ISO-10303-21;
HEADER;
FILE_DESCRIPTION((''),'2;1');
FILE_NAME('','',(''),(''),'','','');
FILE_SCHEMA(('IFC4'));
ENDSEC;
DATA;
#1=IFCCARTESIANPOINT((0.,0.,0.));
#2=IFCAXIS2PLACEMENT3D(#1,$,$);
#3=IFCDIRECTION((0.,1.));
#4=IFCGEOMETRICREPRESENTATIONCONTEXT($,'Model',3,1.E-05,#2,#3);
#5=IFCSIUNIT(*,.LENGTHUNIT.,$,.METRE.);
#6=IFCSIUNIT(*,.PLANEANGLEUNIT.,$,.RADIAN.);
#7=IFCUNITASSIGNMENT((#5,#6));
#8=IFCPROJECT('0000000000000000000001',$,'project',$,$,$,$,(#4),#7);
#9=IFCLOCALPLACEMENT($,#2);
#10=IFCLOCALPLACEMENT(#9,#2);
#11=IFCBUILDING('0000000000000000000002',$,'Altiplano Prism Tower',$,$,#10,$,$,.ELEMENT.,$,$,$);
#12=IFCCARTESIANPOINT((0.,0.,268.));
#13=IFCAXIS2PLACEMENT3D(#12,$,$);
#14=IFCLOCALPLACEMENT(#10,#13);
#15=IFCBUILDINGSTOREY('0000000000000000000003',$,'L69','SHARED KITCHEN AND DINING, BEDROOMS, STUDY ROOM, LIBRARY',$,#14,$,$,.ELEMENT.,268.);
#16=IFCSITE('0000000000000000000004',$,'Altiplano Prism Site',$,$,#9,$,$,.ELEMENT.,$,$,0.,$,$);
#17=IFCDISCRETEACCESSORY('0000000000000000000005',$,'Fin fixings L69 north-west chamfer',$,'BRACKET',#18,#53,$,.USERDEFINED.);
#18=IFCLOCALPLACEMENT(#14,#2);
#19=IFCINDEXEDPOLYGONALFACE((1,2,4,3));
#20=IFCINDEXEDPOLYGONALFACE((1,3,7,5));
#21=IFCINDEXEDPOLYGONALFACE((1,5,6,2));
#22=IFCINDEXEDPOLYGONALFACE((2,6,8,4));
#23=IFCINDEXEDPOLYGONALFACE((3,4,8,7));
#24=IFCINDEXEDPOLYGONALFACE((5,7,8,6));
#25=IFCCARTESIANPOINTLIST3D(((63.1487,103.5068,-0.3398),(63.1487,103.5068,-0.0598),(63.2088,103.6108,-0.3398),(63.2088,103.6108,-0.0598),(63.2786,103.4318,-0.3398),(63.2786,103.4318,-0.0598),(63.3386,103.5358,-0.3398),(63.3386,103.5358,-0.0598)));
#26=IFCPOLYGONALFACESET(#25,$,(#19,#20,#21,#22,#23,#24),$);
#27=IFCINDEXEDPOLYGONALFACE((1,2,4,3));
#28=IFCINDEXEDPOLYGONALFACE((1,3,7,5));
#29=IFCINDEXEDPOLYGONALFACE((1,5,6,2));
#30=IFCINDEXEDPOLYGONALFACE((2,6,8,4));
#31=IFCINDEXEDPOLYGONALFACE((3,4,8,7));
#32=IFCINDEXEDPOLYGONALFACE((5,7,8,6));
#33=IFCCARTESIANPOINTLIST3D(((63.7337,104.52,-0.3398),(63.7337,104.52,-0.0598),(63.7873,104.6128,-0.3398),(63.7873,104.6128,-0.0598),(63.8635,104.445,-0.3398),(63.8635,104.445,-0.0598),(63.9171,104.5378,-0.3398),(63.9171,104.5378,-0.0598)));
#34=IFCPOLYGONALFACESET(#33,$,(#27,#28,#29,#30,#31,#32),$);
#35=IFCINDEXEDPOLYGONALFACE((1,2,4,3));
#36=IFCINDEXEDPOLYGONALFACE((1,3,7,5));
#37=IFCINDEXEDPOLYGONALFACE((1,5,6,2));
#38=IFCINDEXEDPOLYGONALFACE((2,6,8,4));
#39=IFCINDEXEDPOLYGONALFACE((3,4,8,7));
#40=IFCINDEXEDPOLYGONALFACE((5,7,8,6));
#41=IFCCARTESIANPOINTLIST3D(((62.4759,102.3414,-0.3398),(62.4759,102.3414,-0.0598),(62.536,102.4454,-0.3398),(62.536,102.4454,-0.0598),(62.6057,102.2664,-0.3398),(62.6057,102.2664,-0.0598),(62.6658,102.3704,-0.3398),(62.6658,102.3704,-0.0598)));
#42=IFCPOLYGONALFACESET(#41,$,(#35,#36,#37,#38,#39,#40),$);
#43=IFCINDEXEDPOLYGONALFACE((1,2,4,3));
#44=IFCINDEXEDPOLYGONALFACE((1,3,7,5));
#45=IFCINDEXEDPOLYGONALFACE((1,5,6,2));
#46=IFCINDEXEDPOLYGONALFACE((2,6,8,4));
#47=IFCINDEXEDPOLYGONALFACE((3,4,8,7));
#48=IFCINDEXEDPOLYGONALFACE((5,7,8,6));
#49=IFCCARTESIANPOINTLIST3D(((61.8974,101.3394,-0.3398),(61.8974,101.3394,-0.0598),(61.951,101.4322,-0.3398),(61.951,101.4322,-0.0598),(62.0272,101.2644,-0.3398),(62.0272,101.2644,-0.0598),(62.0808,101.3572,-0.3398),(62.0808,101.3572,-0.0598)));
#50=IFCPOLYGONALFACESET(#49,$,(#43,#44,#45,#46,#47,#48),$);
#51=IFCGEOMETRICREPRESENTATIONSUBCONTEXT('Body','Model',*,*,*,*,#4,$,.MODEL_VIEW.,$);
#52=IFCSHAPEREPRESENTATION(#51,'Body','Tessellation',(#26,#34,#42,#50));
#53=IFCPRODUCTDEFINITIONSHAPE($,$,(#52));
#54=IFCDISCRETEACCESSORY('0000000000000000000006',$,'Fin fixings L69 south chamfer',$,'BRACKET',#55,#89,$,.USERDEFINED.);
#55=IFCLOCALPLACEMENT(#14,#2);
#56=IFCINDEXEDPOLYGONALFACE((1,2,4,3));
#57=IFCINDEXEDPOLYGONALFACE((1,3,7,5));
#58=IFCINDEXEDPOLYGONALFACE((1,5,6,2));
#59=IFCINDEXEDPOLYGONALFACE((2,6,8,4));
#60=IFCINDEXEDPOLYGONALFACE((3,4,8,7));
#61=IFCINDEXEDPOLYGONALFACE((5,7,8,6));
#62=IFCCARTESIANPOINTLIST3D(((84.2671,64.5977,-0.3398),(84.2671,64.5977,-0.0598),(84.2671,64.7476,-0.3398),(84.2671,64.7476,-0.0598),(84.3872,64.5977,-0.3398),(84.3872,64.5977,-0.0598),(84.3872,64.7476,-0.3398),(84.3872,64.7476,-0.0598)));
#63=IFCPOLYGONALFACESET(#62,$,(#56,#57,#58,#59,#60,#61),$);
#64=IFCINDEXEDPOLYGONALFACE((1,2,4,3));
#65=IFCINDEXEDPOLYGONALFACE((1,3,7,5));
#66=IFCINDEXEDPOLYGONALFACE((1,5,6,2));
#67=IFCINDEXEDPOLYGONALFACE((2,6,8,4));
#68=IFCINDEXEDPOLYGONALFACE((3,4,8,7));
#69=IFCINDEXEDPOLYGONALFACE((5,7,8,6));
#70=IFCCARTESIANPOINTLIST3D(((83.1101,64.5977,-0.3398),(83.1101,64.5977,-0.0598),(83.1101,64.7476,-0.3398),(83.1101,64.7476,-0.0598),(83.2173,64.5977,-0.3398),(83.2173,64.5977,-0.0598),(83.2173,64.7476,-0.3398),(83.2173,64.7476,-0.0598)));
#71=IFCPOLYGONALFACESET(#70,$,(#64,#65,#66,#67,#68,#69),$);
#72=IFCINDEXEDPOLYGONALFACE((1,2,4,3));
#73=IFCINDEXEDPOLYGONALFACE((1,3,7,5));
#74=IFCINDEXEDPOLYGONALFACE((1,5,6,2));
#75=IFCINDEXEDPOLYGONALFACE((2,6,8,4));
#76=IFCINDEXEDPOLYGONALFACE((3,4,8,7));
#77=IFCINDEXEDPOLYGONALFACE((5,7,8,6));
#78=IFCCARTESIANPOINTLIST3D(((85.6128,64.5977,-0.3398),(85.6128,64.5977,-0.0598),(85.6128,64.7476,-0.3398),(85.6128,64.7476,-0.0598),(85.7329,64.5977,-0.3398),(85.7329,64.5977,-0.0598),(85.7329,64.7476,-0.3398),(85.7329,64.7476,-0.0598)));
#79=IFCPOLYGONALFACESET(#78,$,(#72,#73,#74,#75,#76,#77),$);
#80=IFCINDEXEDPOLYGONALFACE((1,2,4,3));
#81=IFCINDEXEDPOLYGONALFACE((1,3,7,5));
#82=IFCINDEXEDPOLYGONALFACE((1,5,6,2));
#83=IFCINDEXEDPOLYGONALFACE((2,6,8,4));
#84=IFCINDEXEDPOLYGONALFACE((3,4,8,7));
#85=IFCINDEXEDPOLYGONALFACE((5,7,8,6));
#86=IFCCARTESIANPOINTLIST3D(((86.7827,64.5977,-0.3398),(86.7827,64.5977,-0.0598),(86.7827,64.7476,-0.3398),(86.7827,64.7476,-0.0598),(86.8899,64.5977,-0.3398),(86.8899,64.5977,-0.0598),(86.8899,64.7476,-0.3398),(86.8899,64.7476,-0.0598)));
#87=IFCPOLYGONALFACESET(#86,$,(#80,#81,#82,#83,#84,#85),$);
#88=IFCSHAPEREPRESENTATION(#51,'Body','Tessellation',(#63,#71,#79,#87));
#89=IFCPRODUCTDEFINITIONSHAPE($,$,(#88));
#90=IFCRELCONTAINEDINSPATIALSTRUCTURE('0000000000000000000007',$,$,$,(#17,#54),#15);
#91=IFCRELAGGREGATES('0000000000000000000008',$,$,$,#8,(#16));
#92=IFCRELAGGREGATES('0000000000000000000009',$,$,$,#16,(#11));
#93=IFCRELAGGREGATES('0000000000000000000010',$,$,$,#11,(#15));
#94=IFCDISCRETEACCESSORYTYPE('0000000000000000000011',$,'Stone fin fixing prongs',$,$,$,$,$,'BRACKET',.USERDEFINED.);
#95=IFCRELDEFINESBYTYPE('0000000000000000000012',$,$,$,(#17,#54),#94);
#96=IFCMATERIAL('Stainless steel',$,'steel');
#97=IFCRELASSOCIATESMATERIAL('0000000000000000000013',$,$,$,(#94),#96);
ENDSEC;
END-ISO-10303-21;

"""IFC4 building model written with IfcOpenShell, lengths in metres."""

from ifc_helpers import new_model, si_unit, direction, frame, origin, place, context, subcontext, project, spatial, polyline, outline, extrude, source, transform, mapped, material, type_object, element, save


model = new_model("IFC4")

# Units and contexts
model_context = context("Model", 3, precision=1e-05, world=origin(), true_north=direction((0.0, 1.0)))
body_context = subcontext(model_context, "Body", "Model", "MODEL_VIEW")
ifc_project = project(units=[si_unit("LENGTHUNIT", "METRE"), si_unit("PLANEANGLEUNIT", "RADIAN")], contexts=[model_context])

# Site, building, storey
site_placement = place(None, origin())
site = spatial("IfcSite", under=ifc_project, at=site_placement, Name="Altiplano Prism Site", CompositionType="ELEMENT", RefElevation=0.0)
building_placement = place(site_placement, origin())
building = spatial("IfcBuilding", under=site, at=building_placement, Name="Altiplano Prism Tower", CompositionType="ELEMENT")
storey_placement = place(building_placement, frame((0.0, 0.0, 268.0)))
storey = spatial("IfcBuildingStorey", under=building, at=storey_placement, Name="L69", Description="SHARED KITCHEN AND DINING, BEDROOMS, STUDY ROOM, LIBRARY", CompositionType="ELEMENT", Elevation=268.0)

# Discrete accessories
ifc_material_1 = material(Name="Stainless steel", Category="steel")
discrete_accessory_type = type_object("IfcDiscreteAccessoryType", Name="Stone fin fixing prongs", ElementType="BRACKET", PredefinedType="USERDEFINED", material=ifc_material_1)
shared_shape_1 = source(origin(), body_context, "Body", "SweptSolid", [
    extrude(outline(polyline([(-0.7329, 0.0601), (-0.6128, 0.0601), (-0.6128, 0.3401), (-0.7329, 0.3401), (-0.7329, 0.0601)])), frame((0.0, 0.0, 0.0), z_axis=(0.0, -1.0, 0.0), x_axis=(1.0, 0.0, 0.0)), (0.0, 0.0, 1.0), 0.1499),
    extrude(outline(polyline([(-1.8899, 0.0601), (-1.7827, 0.0601), (-1.7827, 0.3401), (-1.8899, 0.3401), (-1.8899, 0.0601)])), frame((0.0, 0.0, 0.0), z_axis=(0.0, -1.0, 0.0), x_axis=(1.0, 0.0, 0.0)), (0.0, 0.0, 1.0), 0.1499),
    extrude(outline(polyline([(0.6128, 0.0601), (0.7329, 0.0601), (0.7329, 0.3401), (0.6128, 0.3401), (0.6128, 0.0601)])), frame((0.0, 0.0, 0.0), z_axis=(0.0, -1.0, 0.0), x_axis=(1.0, 0.0, 0.0)), (0.0, 0.0, 1.0), 0.1499),
    extrude(outline(polyline([(1.7827, 0.0601), (1.8899, 0.0601), (1.8899, 0.3401), (1.7827, 0.3401), (1.7827, 0.0601)])), frame((0.0, 0.0, 0.0), z_axis=(0.0, -1.0, 0.0), x_axis=(1.0, 0.0, 0.0)), (0.0, 0.0, 1.0), 0.1499),
])
discrete_accessory_1_placement = place(storey_placement, origin())
element("IfcDiscreteAccessory", 1, at=discrete_accessory_1_placement, inside=storey, type_object=discrete_accessory_type, Name="Fin fixings L69 north-west chamfer", ObjectType="BRACKET", PredefinedType="USERDEFINED", context=body_context, shape_type="MappedRepresentation", body=[
    mapped(shared_shape_1, transform((62.9722, 102.9011, -0.3999), x_axis=(-0.5, -0.866025, 0.0), y_axis=(0.866025, -0.5, 0.0), z_axis=(0.0, 0.0, 1.0))),
])
discrete_accessory_2_placement = place(storey_placement, origin())
element("IfcDiscreteAccessory", 2, at=discrete_accessory_2_placement, inside=storey, type_object=discrete_accessory_type, Name="Fin fixings L69 south chamfer", ObjectType="BRACKET", PredefinedType="USERDEFINED", context=body_context, shape_type="MappedRepresentation", body=[
    mapped(shared_shape_1, transform((85.0, 64.7476, -0.3999), x_axis=(1.0, 0.0, 0.0), y_axis=(0.0, 1.0, 0.0), z_axis=(0.0, 0.0, 1.0))),
])

save(model, "model.ifc")
